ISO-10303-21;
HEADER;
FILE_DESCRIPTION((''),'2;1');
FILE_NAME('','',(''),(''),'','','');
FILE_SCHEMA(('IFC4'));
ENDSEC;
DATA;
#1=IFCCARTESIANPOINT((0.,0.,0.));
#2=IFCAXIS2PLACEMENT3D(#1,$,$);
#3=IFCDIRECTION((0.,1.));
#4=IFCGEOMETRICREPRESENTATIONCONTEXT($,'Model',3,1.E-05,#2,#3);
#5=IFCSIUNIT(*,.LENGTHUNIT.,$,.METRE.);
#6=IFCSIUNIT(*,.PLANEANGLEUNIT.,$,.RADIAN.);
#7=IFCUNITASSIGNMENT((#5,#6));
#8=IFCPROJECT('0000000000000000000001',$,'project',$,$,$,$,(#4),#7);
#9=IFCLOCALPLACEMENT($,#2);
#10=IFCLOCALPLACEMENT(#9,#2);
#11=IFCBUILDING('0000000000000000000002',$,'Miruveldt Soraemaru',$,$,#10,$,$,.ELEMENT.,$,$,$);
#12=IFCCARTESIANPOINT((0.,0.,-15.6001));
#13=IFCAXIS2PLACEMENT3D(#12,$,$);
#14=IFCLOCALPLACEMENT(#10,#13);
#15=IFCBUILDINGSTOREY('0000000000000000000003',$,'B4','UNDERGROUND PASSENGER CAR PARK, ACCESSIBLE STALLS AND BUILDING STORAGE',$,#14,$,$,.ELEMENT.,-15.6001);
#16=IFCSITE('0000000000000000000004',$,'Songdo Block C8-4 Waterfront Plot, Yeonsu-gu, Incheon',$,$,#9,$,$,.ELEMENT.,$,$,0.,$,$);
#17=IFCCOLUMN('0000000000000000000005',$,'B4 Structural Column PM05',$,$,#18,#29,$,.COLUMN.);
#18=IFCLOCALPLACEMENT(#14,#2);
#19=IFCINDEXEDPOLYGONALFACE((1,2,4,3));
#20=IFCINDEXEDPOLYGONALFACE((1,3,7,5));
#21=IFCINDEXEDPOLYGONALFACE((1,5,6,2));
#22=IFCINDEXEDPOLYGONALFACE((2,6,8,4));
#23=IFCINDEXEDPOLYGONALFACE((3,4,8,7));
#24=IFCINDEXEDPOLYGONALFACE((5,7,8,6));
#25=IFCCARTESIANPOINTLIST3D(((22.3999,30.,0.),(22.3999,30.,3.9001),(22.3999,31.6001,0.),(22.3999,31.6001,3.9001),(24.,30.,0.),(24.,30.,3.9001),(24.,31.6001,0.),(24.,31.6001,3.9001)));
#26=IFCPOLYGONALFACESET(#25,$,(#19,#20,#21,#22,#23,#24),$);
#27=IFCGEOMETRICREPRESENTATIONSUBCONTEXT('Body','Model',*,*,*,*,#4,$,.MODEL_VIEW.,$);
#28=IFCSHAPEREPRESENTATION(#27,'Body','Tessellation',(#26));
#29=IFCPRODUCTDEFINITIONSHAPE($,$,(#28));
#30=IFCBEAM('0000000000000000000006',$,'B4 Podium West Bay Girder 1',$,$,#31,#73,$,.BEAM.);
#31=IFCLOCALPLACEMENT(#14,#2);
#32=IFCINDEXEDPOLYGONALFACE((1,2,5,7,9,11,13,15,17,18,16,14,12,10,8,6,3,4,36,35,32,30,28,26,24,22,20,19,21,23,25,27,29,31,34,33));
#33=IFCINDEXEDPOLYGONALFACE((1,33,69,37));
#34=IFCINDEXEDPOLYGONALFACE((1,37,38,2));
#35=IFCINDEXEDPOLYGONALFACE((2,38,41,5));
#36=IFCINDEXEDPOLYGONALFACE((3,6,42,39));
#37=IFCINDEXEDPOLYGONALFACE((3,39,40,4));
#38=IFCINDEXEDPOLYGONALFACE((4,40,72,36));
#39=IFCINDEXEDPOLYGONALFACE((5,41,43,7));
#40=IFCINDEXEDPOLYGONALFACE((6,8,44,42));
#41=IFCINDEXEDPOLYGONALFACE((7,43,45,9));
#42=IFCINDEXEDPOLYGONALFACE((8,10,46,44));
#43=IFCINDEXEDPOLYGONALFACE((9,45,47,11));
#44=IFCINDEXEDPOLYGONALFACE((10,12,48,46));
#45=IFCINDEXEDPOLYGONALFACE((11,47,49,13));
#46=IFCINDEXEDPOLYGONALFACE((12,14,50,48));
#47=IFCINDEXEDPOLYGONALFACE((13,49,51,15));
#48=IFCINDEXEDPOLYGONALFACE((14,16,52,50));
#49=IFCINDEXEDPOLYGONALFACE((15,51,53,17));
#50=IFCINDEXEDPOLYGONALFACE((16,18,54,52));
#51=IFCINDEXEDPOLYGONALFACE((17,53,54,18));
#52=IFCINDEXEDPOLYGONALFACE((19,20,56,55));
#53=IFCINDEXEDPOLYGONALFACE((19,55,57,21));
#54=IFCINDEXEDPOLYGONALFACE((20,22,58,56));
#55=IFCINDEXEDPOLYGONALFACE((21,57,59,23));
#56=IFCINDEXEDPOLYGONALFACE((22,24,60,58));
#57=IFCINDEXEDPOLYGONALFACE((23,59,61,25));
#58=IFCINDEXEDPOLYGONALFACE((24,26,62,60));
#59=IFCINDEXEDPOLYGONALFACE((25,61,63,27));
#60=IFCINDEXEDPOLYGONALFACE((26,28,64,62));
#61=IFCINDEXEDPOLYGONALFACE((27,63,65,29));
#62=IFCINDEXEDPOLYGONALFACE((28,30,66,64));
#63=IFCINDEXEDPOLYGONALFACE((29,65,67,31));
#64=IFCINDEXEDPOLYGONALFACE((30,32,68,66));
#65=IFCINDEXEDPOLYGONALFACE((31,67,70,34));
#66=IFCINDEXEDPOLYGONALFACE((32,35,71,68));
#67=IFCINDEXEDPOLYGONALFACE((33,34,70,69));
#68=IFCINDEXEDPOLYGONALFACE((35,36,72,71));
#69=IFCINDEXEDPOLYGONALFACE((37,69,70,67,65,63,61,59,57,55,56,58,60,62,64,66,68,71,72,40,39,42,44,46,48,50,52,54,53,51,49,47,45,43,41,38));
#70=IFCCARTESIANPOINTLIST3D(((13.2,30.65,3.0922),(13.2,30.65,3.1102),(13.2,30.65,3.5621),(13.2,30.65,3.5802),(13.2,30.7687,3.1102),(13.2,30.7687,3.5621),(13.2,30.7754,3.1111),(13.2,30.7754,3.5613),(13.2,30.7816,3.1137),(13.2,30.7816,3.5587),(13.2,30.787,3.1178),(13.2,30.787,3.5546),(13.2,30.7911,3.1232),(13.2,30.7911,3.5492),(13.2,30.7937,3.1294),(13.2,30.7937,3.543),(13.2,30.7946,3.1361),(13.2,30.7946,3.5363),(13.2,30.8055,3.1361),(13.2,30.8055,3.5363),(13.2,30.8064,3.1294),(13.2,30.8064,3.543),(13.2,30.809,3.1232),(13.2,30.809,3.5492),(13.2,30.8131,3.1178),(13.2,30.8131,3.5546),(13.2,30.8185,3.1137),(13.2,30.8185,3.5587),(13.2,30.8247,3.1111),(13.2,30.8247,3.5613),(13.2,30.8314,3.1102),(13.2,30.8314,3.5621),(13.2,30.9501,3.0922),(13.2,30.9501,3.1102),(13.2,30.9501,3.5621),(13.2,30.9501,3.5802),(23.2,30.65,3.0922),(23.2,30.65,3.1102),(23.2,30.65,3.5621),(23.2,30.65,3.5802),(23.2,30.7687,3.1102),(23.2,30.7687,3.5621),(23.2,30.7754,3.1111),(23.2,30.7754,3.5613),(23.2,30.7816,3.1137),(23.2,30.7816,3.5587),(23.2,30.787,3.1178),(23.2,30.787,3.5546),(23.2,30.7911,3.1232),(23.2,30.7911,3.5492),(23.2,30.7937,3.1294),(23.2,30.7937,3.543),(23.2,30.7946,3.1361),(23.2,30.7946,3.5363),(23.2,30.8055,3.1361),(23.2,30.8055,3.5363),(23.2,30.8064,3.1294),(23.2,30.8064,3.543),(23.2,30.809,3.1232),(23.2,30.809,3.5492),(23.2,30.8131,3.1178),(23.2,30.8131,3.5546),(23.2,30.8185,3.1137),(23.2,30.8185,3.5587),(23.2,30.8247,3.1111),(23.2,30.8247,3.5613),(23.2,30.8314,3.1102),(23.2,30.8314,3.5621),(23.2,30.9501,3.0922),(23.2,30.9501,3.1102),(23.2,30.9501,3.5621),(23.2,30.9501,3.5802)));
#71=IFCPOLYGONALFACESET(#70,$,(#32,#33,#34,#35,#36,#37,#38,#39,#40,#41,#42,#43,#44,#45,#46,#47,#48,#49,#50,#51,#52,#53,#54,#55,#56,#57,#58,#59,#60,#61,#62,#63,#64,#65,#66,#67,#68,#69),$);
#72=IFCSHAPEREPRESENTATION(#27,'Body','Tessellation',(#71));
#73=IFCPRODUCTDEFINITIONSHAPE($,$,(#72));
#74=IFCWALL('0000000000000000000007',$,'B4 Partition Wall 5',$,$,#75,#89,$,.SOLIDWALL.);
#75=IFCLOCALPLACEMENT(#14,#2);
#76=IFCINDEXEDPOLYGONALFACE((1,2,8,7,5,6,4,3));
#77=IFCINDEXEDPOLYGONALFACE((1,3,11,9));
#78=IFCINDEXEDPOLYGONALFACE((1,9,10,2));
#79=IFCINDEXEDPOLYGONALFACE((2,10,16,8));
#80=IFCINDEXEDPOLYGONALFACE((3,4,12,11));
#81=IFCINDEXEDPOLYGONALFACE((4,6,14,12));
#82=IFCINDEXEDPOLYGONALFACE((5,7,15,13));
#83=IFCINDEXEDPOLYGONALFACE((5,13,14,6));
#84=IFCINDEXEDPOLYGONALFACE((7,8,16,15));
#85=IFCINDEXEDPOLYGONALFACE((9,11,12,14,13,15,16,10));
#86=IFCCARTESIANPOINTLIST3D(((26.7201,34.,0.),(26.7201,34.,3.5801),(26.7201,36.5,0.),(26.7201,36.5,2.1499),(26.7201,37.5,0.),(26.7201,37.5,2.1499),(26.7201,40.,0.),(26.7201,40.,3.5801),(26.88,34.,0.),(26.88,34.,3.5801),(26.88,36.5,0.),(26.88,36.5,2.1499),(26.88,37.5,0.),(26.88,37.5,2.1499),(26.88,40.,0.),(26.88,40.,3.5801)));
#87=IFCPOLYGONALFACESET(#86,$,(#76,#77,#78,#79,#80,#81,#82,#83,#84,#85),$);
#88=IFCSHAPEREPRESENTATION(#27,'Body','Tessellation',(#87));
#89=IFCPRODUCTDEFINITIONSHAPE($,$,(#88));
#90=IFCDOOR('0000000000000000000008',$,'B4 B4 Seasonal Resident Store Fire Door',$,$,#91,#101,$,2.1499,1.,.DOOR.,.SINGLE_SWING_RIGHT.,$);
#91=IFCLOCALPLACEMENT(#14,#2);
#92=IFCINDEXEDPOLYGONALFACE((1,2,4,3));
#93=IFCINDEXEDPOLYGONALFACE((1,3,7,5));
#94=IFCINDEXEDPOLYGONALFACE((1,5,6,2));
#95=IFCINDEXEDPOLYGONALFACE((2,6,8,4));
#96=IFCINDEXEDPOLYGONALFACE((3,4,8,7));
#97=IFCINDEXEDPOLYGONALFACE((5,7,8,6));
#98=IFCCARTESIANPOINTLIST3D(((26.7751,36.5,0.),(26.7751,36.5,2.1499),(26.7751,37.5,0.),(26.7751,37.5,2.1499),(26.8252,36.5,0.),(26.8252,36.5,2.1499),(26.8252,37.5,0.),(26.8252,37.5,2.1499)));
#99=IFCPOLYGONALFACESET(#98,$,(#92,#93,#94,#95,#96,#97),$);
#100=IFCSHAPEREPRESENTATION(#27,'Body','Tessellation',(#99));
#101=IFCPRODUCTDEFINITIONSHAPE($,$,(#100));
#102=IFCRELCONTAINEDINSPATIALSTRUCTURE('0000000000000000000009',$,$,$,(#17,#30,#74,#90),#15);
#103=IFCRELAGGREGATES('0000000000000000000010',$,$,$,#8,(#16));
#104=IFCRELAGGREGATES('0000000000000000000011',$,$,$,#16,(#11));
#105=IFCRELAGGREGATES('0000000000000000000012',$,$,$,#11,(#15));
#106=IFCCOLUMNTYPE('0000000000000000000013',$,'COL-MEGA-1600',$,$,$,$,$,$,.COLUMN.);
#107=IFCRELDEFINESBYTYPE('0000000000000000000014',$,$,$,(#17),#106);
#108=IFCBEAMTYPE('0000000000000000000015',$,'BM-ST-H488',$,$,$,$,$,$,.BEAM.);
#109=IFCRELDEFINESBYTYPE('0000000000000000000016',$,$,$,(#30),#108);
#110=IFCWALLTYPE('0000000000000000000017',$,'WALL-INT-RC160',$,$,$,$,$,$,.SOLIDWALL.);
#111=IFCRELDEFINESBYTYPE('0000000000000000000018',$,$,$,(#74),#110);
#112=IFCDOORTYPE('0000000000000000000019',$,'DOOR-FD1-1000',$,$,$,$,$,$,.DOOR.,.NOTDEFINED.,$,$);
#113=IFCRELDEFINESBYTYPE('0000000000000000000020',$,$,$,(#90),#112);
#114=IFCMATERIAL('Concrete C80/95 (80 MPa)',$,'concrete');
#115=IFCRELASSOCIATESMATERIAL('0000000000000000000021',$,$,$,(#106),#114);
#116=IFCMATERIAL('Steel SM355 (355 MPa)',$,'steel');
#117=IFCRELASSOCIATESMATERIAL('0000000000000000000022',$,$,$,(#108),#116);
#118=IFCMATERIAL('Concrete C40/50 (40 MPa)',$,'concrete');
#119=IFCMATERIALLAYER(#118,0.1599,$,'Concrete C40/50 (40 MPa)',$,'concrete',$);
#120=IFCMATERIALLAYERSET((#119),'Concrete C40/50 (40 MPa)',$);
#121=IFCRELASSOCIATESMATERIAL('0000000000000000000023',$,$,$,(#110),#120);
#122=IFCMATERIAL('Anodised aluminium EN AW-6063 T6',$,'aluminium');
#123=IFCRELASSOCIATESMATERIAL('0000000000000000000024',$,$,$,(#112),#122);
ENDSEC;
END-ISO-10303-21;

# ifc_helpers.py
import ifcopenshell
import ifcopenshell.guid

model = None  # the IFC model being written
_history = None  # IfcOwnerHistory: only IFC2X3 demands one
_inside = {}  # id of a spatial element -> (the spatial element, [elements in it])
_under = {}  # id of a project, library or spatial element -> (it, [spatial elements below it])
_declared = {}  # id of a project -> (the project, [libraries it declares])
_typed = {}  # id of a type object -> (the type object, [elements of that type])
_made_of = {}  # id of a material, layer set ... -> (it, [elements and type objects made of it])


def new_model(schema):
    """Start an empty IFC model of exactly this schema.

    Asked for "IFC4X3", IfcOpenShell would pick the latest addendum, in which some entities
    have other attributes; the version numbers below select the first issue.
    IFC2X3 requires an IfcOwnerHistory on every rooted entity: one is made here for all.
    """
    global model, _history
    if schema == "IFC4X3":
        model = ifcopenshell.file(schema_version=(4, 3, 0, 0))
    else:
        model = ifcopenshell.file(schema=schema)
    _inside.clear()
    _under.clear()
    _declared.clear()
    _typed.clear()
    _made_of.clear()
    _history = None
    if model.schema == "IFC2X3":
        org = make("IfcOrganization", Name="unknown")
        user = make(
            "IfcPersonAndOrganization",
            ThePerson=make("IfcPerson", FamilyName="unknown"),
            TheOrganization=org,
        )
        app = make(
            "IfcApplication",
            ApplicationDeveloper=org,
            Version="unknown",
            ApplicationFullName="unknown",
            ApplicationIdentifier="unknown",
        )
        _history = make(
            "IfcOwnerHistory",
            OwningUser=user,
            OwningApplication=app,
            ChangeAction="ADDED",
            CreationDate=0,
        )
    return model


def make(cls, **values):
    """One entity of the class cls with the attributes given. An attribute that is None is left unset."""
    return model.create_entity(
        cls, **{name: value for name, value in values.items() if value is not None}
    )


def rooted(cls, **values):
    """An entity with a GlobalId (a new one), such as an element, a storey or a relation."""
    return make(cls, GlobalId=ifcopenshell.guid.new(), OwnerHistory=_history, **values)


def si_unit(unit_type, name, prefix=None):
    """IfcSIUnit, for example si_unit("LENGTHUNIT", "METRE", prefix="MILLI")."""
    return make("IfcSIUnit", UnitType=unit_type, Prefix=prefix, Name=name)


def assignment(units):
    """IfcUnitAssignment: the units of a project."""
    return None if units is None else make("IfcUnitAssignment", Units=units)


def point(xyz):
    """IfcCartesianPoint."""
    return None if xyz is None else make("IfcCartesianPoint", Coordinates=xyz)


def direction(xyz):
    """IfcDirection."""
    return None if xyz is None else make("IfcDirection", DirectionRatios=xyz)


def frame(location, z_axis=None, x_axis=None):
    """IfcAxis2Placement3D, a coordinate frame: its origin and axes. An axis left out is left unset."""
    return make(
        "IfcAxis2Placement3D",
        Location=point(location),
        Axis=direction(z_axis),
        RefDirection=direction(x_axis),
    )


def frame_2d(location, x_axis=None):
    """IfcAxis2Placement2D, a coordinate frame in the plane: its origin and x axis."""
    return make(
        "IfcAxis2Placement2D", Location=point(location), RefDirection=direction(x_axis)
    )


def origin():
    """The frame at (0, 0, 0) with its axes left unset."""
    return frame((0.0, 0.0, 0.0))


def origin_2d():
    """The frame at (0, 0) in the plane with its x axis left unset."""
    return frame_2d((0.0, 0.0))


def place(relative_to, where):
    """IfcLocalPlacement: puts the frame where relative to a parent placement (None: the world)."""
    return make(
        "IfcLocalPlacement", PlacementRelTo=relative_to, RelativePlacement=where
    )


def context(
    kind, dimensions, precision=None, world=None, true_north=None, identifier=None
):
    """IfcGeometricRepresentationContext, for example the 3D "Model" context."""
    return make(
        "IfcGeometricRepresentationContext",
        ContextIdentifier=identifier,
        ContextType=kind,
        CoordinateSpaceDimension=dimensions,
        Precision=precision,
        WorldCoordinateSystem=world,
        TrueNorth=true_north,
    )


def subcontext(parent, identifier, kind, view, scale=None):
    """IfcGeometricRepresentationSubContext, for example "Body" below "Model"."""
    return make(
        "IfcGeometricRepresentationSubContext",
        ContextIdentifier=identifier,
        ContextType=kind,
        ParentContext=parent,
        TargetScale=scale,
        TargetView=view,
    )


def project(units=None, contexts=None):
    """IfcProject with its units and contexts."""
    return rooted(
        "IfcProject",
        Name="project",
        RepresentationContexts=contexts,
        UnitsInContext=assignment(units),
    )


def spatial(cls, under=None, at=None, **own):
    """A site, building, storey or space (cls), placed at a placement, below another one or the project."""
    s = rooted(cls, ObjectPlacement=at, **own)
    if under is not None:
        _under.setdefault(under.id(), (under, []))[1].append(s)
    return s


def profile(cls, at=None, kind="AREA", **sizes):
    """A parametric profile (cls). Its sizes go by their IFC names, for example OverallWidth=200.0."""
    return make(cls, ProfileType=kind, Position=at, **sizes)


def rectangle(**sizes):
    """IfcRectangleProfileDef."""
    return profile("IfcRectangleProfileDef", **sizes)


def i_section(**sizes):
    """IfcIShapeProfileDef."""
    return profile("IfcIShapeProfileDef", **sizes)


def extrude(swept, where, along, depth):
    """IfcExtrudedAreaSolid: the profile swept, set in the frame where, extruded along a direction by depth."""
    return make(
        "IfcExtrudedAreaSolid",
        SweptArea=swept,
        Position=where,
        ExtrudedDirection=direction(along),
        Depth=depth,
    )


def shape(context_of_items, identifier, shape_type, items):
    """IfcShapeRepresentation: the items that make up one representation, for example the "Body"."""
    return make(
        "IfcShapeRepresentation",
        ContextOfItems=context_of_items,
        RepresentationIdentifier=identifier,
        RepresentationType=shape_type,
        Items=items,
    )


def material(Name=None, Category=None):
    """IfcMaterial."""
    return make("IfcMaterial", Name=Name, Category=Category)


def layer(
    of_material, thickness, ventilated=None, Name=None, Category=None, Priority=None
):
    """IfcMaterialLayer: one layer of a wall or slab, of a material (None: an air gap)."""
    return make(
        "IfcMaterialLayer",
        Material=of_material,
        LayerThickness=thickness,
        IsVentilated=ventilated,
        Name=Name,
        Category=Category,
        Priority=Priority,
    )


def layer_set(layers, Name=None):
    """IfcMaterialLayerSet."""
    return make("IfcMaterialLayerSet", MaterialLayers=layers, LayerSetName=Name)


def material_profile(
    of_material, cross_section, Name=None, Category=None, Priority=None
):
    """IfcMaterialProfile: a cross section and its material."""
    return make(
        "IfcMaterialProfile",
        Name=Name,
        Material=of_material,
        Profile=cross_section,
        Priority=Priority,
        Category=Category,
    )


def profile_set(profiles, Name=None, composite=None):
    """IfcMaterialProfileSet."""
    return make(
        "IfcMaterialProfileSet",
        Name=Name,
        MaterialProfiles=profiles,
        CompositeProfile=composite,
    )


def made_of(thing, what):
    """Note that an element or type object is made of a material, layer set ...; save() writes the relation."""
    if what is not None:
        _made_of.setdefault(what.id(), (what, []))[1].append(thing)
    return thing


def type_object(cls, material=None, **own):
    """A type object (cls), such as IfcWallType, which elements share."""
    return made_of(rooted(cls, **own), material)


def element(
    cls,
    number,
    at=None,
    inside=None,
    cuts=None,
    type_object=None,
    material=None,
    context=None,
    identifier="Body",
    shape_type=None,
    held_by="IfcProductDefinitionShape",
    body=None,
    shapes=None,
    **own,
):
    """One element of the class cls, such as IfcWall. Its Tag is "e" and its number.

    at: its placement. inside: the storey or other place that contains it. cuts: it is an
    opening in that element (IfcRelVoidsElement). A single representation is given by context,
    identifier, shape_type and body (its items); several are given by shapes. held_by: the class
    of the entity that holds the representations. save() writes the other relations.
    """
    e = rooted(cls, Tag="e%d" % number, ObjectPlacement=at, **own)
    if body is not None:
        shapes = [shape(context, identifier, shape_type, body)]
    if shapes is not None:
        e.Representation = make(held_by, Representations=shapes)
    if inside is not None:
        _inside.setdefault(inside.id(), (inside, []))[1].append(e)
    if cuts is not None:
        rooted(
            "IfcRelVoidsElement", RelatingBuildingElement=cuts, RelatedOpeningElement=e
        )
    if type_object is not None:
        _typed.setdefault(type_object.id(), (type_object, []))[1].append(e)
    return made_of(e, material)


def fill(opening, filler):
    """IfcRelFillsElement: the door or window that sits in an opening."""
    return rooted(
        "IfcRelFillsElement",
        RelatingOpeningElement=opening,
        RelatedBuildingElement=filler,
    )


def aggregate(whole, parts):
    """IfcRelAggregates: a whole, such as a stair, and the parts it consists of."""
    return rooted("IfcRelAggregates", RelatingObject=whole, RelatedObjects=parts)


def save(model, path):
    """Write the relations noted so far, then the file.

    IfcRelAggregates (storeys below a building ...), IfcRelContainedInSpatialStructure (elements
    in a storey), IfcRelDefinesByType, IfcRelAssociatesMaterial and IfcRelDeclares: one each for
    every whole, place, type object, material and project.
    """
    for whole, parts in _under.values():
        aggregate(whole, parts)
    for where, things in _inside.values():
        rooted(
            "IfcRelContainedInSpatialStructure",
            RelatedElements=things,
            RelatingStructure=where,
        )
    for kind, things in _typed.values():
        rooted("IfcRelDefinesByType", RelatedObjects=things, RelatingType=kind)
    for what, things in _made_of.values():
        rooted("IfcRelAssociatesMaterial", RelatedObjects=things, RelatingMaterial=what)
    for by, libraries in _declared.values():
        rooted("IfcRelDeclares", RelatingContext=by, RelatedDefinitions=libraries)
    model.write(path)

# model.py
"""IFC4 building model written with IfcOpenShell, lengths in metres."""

from ifc_helpers import new_model, si_unit, direction, frame, frame_2d, origin, origin_2d, place, context, subcontext, project, spatial, rectangle, i_section, extrude, material, layer, layer_set, material_profile, profile_set, type_object, element, fill, save


model = new_model("IFC4")

# Units and contexts
model_context = context("Model", 3, precision=1e-05, world=origin(), true_north=direction((0.0, 1.0)))
body_context = subcontext(model_context, "Body", "Model", "MODEL_VIEW")
ifc_project = project(units=[si_unit("LENGTHUNIT", "METRE"), si_unit("PLANEANGLEUNIT", "RADIAN")], contexts=[model_context])

# Site, building, storey
site_placement = place(None, origin())
site = spatial("IfcSite", under=ifc_project, at=site_placement, Name="Songdo Block C8-4 Waterfront Plot, Yeonsu-gu, Incheon", CompositionType="ELEMENT", RefElevation=0.0)
building_placement = place(site_placement, origin())
building = spatial("IfcBuilding", under=site, at=building_placement, Name="Miruveldt Soraemaru", CompositionType="ELEMENT")
storey_placement = place(building_placement, frame((0.0, 0.0, -15.6001)))
storey = spatial("IfcBuildingStorey", under=building, at=storey_placement, Name="B4", Description="UNDERGROUND PASSENGER CAR PARK, ACCESSIBLE STALLS AND BUILDING STORAGE", CompositionType="ELEMENT", Elevation=-15.6001)

# Column
ifc_material_1 = material(Name="Concrete C80/95 (80 MPa)", Category="concrete")
ifc_material_profile_1 = material_profile(ifc_material_1, rectangle(XDim=1.6001, YDim=1.6001, at=origin_2d()), Name="Concrete C80/95 (80 MPa)", Category="concrete")
ifc_profile_set_1 = profile_set([ifc_material_profile_1], Name="Concrete C80/95 (80 MPa)")
column_type = type_object("IfcColumnType", Name="COL-MEGA-1600", PredefinedType="COLUMN", material=ifc_profile_set_1)
column_placement = place(storey_placement, frame((23.2, 30.8, 0.0), z_axis=(0.0, 0.0, 1.0), x_axis=(1.0, 0.0, 0.0)))
element("IfcColumn", 1, at=column_placement, inside=storey, type_object=column_type, Name="B4 Structural Column PM05", PredefinedType="COLUMN", context=body_context, shape_type="SweptSolid", body=[
    extrude(rectangle(XDim=1.6001, YDim=1.6001, at=origin_2d()), origin(), (0.0, 0.0, 1.0), 3.9001),
])

# Beam
ifc_material_2 = material(Name="Steel SM355 (355 MPa)", Category="steel")
ifc_material_profile_2 = material_profile(ifc_material_2, i_section(OverallWidth=0.3, OverallDepth=0.488, WebThickness=0.011, FlangeThickness=0.0181, FilletRadius=0.0259, at=origin_2d()), Name="Steel SM355 (355 MPa)", Category="steel")
ifc_profile_set_2 = profile_set([ifc_material_profile_2], Name="Steel SM355 (355 MPa)")
beam_type = type_object("IfcBeamType", Name="BM-ST-H488", PredefinedType="BEAM", material=ifc_profile_set_2)
beam_placement = place(storey_placement, frame((23.2, 30.8, 3.3362), z_axis=(-1.0, 0.0, 0.0), x_axis=(0.0, -1.0, 0.0)))
element("IfcBeam", 2, at=beam_placement, inside=storey, type_object=beam_type, Name="B4 Podium West Bay Girder 1", PredefinedType="BEAM", context=body_context, shape_type="SweptSolid", body=[
    extrude(i_section(OverallWidth=0.3, OverallDepth=0.488, WebThickness=0.011, FlangeThickness=0.0181, FilletRadius=0.0259, at=origin_2d()), origin(), (0.0, 0.0, 1.0), 10.0),
])

# Wall, opening, door
ifc_material_3 = material(Name="Concrete C40/50 (40 MPa)", Category="concrete")
ifc_layer = layer(ifc_material_3, 0.1599, Name="Concrete C40/50 (40 MPa)", Category="concrete")
ifc_layer_set = layer_set([ifc_layer], Name="Concrete C40/50 (40 MPa)")
wall_type = type_object("IfcWallType", Name="WALL-INT-RC160", PredefinedType="SOLIDWALL", material=ifc_layer_set)
wall_placement = place(storey_placement, frame((26.8, 34.0, 0.0), z_axis=(0.0, 0.0, 1.0), x_axis=(0.0, 1.0, 0.0)))
wall = element("IfcWall", 3, at=wall_placement, inside=storey, type_object=wall_type, Name="B4 Partition Wall 5", PredefinedType="SOLIDWALL", context=body_context, shape_type="SweptSolid", body=[
    extrude(rectangle(XDim=6.0, YDim=0.1599, at=frame_2d((3.0, 0.0))), origin(), (0.0, 0.0, 1.0), 3.5801),
])
opening_placement = place(wall_placement, frame((2.5, 0.0, 0.0)))
opening = element("IfcOpeningElement", 4, at=opening_placement, cuts=wall, PredefinedType="OPENING", context=body_context, shape_type="SweptSolid", body=[
    extrude(rectangle(XDim=1.0, YDim=2.1499, at=frame_2d((0.5, 1.075))), frame((0.0, 0.0898, 0.0), z_axis=(0.0, -1.0, 0.0), x_axis=(1.0, 0.0, 0.0)), (0.0, 0.0, 1.0), 0.1799),
])
ifc_material_4 = material(Name="Anodised aluminium EN AW-6063 T6", Category="aluminium")
door_type = type_object("IfcDoorType", Name="DOOR-FD1-1000", OperationType="NOTDEFINED", PredefinedType="DOOR", material=ifc_material_4)
door_placement = place(opening_placement, origin())
door = element("IfcDoor", 5, at=door_placement, inside=storey, type_object=door_type, Name="B4 B4 Seasonal Resident Store Fire Door", OperationType="SINGLE_SWING_RIGHT", OverallHeight=2.1499, OverallWidth=1.0, PredefinedType="DOOR", context=body_context, shape_type="SweptSolid", body=[
    extrude(rectangle(XDim=1.0, YDim=2.1499, at=frame_2d((0.5, 1.075))), frame((0.0, 0.0249, 0.0), z_axis=(0.0, -1.0, 0.0), x_axis=(1.0, 0.0, 0.0)), (0.0, 0.0, 1.0), 0.05),
])
fill(opening, door)

save(model, "model.ifc")
